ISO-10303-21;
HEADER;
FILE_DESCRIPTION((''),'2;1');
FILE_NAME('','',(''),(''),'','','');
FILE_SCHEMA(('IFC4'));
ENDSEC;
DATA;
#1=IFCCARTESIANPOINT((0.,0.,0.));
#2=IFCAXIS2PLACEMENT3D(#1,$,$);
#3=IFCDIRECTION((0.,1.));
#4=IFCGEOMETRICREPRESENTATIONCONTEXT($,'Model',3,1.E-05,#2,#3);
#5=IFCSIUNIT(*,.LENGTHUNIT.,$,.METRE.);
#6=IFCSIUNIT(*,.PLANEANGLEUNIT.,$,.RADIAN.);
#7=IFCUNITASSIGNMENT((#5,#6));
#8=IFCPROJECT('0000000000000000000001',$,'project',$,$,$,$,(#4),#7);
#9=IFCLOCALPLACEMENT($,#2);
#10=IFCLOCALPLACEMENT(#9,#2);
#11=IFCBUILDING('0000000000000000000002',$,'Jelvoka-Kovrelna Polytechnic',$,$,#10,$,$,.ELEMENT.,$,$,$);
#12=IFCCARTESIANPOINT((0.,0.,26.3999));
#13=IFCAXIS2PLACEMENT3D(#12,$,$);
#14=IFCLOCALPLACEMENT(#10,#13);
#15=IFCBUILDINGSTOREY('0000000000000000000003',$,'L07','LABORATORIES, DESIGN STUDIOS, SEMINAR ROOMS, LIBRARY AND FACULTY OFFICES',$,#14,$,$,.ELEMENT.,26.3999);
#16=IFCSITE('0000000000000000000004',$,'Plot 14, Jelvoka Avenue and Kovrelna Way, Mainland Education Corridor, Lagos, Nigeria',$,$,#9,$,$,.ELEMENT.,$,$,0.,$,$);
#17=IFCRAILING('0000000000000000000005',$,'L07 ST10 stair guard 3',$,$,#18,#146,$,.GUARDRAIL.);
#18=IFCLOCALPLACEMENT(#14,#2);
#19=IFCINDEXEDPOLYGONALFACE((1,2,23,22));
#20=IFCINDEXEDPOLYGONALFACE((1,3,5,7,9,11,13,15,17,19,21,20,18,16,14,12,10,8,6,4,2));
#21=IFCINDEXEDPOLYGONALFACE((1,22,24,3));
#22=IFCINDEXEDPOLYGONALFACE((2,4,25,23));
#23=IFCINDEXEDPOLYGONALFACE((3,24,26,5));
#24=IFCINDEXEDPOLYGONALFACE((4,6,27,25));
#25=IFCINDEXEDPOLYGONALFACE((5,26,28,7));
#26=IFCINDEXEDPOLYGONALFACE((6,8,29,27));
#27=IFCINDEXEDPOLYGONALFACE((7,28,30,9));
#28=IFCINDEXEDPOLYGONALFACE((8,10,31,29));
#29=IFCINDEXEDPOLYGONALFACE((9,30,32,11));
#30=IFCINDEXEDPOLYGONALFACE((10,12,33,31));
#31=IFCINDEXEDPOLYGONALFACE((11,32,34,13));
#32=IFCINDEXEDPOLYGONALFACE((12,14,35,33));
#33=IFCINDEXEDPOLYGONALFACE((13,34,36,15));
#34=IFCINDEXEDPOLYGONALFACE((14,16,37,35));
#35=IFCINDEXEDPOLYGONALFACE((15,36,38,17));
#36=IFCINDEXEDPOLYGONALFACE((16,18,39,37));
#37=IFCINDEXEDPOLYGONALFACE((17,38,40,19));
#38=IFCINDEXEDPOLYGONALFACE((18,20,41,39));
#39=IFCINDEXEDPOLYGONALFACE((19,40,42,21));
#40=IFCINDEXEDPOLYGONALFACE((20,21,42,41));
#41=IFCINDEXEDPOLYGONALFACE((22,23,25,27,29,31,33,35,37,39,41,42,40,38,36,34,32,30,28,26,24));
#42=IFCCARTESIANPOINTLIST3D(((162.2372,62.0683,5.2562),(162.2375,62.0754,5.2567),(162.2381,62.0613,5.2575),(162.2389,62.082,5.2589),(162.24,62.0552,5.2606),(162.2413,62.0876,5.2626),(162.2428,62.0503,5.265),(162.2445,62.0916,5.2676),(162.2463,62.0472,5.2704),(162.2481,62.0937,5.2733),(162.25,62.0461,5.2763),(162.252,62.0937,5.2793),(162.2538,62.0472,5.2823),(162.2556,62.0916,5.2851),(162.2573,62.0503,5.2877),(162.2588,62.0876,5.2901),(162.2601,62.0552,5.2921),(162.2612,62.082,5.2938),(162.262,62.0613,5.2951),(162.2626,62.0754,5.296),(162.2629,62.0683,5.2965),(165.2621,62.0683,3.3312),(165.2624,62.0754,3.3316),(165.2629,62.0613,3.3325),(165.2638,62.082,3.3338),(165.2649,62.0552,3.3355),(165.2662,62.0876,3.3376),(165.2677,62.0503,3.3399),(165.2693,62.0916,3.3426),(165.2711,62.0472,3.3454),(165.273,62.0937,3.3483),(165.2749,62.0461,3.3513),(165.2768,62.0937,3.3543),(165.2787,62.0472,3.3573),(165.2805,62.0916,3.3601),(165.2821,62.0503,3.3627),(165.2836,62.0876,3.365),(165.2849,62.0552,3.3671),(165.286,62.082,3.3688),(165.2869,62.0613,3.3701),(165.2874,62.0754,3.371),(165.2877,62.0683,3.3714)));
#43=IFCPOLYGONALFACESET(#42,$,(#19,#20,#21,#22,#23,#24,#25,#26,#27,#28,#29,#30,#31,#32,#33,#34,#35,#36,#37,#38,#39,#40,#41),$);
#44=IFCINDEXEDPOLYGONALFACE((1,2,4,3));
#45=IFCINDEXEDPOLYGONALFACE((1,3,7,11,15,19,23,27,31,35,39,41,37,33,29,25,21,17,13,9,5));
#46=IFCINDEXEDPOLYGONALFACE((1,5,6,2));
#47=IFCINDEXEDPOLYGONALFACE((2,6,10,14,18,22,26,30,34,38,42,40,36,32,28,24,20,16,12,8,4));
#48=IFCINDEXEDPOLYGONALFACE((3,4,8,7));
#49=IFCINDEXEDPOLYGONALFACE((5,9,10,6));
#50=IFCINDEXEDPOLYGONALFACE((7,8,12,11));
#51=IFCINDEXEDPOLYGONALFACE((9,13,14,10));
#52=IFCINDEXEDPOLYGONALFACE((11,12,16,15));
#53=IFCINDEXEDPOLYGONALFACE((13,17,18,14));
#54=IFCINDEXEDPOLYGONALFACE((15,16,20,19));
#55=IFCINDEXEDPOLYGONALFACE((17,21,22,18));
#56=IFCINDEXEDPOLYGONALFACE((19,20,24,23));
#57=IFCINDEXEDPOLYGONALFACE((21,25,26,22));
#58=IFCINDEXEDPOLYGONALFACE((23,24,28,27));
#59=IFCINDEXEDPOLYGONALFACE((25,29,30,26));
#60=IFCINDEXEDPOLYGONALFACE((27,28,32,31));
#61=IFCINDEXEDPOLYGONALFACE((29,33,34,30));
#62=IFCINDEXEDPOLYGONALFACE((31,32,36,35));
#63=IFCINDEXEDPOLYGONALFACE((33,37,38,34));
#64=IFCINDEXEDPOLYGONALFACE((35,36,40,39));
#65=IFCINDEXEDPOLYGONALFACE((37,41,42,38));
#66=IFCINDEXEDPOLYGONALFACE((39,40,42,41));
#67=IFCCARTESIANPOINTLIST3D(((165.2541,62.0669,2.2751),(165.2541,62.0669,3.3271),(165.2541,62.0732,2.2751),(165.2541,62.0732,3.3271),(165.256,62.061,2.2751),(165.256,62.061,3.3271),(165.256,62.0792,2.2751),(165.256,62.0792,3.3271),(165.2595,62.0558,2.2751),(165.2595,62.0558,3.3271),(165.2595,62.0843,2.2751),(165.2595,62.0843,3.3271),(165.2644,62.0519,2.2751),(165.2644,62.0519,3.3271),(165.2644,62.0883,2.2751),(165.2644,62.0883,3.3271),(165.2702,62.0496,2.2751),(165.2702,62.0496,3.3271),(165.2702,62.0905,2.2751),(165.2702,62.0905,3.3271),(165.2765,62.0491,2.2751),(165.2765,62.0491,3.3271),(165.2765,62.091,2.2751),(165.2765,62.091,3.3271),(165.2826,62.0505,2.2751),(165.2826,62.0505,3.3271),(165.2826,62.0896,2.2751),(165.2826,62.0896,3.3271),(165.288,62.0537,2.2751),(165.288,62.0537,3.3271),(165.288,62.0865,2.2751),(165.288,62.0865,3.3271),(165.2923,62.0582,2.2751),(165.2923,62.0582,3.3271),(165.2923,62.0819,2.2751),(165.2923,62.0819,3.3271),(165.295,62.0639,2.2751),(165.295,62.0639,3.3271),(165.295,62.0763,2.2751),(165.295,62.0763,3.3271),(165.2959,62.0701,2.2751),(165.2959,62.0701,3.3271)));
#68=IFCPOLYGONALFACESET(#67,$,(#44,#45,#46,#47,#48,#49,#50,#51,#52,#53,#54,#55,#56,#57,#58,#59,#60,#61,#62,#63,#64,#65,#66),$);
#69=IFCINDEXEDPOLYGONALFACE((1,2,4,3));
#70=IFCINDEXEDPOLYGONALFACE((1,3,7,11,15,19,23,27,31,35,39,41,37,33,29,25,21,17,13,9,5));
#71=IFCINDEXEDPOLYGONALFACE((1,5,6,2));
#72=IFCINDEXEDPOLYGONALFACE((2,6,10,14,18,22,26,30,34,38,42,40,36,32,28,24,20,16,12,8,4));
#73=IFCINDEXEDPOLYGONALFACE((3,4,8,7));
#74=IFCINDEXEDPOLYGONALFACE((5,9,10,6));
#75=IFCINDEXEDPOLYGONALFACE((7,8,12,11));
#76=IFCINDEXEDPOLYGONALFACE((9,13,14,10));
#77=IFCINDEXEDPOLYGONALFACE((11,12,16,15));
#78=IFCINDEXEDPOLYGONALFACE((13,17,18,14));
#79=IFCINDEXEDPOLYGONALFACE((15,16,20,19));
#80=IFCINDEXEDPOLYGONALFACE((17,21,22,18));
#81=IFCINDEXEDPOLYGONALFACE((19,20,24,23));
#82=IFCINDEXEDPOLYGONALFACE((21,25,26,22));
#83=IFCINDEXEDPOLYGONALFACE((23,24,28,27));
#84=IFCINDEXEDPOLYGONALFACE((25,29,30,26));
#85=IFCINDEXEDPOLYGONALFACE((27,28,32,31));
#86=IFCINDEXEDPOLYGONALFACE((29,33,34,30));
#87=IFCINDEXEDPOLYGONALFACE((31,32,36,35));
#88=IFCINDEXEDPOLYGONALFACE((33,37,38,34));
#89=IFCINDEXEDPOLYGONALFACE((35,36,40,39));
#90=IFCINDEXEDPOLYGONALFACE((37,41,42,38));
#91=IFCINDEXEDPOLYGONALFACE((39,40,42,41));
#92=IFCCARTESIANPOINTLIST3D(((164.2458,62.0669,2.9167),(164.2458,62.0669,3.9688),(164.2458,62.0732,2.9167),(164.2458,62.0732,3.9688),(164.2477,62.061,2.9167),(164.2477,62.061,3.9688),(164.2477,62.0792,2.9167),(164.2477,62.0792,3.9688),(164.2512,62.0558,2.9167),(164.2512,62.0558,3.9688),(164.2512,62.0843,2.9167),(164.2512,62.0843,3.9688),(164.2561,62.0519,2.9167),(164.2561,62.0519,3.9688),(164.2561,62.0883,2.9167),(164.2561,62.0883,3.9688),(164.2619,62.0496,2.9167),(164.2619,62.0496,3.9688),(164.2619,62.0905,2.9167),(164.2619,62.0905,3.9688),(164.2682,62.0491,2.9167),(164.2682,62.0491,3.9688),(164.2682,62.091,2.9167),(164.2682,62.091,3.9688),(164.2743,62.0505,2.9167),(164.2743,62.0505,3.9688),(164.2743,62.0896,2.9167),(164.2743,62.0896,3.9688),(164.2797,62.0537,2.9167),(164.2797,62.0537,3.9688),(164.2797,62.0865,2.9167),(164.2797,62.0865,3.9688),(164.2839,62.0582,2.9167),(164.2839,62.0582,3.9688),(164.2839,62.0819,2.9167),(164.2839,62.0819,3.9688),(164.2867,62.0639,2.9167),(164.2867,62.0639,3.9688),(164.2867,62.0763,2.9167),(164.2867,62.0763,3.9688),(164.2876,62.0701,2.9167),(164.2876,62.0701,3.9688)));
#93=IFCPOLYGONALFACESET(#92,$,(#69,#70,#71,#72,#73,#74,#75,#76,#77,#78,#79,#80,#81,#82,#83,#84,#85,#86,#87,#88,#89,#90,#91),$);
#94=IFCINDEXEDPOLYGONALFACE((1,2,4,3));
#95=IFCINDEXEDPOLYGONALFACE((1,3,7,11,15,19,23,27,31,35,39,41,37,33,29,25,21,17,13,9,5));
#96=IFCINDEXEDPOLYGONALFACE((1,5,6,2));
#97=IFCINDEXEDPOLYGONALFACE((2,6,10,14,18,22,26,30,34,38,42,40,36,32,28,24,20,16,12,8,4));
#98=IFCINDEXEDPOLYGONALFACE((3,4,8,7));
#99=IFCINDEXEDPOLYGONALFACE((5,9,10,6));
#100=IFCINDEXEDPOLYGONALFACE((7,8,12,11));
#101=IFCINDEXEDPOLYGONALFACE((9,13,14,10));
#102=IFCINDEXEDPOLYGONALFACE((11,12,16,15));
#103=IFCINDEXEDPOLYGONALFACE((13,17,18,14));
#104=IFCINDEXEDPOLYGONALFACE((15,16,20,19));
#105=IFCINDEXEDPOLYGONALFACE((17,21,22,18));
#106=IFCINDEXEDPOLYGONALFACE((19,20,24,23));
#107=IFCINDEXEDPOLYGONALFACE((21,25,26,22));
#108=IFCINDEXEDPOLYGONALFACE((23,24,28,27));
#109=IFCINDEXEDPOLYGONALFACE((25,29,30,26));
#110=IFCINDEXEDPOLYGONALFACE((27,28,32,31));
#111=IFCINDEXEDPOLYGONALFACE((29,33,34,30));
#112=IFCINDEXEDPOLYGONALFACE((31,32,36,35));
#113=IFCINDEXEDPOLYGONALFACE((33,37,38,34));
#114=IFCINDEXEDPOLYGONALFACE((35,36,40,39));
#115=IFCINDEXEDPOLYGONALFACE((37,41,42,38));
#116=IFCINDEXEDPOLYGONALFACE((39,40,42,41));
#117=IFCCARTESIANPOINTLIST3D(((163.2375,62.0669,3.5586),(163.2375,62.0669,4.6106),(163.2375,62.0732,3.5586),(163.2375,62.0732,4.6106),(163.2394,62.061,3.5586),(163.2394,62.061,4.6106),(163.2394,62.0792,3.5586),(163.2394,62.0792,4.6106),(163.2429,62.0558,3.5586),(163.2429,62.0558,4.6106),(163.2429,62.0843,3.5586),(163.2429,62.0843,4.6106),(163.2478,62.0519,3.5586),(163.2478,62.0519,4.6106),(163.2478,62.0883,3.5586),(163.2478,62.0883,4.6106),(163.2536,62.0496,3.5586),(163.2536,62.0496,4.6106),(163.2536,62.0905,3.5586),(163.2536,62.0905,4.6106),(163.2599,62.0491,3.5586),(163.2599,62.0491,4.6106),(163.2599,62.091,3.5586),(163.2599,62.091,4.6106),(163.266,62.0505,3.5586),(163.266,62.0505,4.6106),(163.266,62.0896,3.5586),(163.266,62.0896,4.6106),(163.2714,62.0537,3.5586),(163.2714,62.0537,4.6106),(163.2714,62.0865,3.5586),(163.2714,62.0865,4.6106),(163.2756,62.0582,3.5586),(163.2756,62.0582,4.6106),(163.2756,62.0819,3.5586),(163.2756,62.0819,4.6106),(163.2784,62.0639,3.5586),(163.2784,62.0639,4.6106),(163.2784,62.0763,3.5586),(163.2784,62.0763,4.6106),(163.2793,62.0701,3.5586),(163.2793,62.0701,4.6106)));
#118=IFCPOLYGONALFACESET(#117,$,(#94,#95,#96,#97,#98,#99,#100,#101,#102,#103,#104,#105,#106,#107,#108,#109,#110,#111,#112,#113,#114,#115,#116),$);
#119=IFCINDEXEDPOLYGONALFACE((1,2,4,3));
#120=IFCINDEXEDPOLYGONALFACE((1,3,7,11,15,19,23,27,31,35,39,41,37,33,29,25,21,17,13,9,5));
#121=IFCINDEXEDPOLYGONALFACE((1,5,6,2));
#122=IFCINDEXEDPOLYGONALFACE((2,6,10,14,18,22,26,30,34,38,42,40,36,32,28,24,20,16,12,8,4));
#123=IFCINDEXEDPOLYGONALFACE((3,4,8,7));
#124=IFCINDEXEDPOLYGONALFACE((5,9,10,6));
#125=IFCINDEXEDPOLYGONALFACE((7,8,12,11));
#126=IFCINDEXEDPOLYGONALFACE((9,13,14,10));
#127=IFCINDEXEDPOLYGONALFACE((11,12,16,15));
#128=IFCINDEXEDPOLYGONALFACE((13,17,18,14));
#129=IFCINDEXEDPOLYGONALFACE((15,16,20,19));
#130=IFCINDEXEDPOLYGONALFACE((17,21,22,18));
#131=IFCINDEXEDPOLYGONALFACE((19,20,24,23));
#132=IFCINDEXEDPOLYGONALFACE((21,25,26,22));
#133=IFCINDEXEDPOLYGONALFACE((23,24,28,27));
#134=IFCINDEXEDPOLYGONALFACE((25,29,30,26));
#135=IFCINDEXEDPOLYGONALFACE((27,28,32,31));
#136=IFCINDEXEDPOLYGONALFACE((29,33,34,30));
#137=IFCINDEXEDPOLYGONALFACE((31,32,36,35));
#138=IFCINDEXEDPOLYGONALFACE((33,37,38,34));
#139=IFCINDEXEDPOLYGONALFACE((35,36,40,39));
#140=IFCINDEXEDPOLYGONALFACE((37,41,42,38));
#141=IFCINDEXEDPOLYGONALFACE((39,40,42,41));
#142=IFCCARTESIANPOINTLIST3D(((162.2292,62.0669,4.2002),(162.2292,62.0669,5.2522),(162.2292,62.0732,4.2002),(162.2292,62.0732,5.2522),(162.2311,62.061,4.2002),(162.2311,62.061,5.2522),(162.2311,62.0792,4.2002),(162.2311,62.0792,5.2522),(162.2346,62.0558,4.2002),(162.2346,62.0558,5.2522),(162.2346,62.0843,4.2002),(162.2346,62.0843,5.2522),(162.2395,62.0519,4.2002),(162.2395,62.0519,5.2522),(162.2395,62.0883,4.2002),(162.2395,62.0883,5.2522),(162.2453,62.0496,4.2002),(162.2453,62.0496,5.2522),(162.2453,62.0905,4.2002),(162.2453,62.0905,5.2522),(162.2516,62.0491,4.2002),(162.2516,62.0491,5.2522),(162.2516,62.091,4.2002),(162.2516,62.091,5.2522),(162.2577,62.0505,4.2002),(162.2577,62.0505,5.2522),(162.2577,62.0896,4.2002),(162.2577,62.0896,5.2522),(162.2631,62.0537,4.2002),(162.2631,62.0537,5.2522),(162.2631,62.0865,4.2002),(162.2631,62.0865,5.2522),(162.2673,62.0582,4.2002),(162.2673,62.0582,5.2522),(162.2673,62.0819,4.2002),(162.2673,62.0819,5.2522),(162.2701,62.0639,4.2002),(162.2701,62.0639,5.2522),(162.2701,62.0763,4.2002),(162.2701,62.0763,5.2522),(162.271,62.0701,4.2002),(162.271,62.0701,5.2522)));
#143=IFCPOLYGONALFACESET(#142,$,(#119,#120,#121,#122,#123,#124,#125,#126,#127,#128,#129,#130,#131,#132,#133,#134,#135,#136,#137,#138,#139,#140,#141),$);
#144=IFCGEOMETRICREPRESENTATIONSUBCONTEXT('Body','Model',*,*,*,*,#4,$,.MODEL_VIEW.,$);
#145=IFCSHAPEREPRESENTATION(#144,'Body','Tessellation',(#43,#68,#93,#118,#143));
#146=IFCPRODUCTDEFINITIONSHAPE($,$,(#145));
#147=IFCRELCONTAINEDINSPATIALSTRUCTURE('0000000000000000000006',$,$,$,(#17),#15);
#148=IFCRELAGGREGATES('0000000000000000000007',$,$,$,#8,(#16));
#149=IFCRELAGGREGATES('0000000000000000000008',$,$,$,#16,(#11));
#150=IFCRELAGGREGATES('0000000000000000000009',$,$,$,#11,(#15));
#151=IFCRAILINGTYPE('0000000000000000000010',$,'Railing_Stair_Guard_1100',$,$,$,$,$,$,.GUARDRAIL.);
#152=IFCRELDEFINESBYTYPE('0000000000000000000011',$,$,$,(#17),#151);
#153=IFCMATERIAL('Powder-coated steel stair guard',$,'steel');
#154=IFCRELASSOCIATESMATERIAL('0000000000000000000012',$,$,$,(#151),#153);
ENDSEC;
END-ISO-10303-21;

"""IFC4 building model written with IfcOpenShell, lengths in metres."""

from ifc_helpers import new_model, si_unit, direction, frame, origin, origin_2d, place, context, subcontext, project, spatial, circle, extrude, material, type_object, element, save


model = new_model("IFC4")

# Units and contexts
model_context = context("Model", 3, precision=1e-05, world=origin(), true_north=direction((0.0, 1.0)))
body_context = subcontext(model_context, "Body", "Model", "MODEL_VIEW")
ifc_project = project(units=[si_unit("LENGTHUNIT", "METRE"), si_unit("PLANEANGLEUNIT", "RADIAN")], contexts=[model_context])

# Site, building, storey
site_placement = place(None, origin())
site = spatial("IfcSite", under=ifc_project, at=site_placement, Name="Plot 14, Jelvoka Avenue and Kovrelna Way, Mainland Education Corridor, Lagos, Nigeria", CompositionType="ELEMENT", RefElevation=0.0)
building_placement = place(site_placement, origin())
building = spatial("IfcBuilding", under=site, at=building_placement, Name="Jelvoka-Kovrelna Polytechnic", CompositionType="ELEMENT")
storey_placement = place(building_placement, frame((0.0, 0.0, 26.3999)))
storey = spatial("IfcBuildingStorey", under=building, at=storey_placement, Name="L07", Description="LABORATORIES, DESIGN STUDIOS, SEMINAR ROOMS, LIBRARY AND FACULTY OFFICES", CompositionType="ELEMENT", Elevation=26.3999)

# Railing
ifc_material_1 = material(Name="Powder-coated steel stair guard", Category="steel")
railing_type_1 = type_object("IfcRailingType", Name="Railing_Stair_Guard_1100", PredefinedType="GUARDRAIL", material=ifc_material_1)
railing_1_placement = place(storey_placement, frame((165.2749, 62.0701, 2.2751)))
element("IfcRailing", 1, at=railing_1_placement, inside=storey, type_object=railing_type_1, Name="L07 ST10 stair guard 3", PredefinedType="GUARDRAIL", context=body_context, shape_type="SweptSolid", body=[
    extrude(circle(Radius=0.0239, at=origin_2d()), frame((0.0, 0.0, 1.0762), z_axis=(-0.843647, 0.0, 0.536898), x_axis=(0.0, -1.0, 0.0)), (0.0, 0.0, 1.0), 3.5854),
    extrude(circle(Radius=0.021, at=origin_2d()), origin(), (0.0, 0.0, 1.0), 1.052),
    extrude(circle(Radius=0.021, at=origin_2d()), frame((-1.0083, 0.0, 0.6416)), (0.0, 0.0, 1.0), 1.052),
    extrude(circle(Radius=0.021, at=origin_2d()), frame((-2.0166, 0.0, 1.2834)), (0.0, 0.0, 1.0), 1.052),
    extrude(circle(Radius=0.021, at=origin_2d()), frame((-3.0249, 0.0, 1.925)), (0.0, 0.0, 1.0), 1.052),
])

save(model, "model.ifc")
